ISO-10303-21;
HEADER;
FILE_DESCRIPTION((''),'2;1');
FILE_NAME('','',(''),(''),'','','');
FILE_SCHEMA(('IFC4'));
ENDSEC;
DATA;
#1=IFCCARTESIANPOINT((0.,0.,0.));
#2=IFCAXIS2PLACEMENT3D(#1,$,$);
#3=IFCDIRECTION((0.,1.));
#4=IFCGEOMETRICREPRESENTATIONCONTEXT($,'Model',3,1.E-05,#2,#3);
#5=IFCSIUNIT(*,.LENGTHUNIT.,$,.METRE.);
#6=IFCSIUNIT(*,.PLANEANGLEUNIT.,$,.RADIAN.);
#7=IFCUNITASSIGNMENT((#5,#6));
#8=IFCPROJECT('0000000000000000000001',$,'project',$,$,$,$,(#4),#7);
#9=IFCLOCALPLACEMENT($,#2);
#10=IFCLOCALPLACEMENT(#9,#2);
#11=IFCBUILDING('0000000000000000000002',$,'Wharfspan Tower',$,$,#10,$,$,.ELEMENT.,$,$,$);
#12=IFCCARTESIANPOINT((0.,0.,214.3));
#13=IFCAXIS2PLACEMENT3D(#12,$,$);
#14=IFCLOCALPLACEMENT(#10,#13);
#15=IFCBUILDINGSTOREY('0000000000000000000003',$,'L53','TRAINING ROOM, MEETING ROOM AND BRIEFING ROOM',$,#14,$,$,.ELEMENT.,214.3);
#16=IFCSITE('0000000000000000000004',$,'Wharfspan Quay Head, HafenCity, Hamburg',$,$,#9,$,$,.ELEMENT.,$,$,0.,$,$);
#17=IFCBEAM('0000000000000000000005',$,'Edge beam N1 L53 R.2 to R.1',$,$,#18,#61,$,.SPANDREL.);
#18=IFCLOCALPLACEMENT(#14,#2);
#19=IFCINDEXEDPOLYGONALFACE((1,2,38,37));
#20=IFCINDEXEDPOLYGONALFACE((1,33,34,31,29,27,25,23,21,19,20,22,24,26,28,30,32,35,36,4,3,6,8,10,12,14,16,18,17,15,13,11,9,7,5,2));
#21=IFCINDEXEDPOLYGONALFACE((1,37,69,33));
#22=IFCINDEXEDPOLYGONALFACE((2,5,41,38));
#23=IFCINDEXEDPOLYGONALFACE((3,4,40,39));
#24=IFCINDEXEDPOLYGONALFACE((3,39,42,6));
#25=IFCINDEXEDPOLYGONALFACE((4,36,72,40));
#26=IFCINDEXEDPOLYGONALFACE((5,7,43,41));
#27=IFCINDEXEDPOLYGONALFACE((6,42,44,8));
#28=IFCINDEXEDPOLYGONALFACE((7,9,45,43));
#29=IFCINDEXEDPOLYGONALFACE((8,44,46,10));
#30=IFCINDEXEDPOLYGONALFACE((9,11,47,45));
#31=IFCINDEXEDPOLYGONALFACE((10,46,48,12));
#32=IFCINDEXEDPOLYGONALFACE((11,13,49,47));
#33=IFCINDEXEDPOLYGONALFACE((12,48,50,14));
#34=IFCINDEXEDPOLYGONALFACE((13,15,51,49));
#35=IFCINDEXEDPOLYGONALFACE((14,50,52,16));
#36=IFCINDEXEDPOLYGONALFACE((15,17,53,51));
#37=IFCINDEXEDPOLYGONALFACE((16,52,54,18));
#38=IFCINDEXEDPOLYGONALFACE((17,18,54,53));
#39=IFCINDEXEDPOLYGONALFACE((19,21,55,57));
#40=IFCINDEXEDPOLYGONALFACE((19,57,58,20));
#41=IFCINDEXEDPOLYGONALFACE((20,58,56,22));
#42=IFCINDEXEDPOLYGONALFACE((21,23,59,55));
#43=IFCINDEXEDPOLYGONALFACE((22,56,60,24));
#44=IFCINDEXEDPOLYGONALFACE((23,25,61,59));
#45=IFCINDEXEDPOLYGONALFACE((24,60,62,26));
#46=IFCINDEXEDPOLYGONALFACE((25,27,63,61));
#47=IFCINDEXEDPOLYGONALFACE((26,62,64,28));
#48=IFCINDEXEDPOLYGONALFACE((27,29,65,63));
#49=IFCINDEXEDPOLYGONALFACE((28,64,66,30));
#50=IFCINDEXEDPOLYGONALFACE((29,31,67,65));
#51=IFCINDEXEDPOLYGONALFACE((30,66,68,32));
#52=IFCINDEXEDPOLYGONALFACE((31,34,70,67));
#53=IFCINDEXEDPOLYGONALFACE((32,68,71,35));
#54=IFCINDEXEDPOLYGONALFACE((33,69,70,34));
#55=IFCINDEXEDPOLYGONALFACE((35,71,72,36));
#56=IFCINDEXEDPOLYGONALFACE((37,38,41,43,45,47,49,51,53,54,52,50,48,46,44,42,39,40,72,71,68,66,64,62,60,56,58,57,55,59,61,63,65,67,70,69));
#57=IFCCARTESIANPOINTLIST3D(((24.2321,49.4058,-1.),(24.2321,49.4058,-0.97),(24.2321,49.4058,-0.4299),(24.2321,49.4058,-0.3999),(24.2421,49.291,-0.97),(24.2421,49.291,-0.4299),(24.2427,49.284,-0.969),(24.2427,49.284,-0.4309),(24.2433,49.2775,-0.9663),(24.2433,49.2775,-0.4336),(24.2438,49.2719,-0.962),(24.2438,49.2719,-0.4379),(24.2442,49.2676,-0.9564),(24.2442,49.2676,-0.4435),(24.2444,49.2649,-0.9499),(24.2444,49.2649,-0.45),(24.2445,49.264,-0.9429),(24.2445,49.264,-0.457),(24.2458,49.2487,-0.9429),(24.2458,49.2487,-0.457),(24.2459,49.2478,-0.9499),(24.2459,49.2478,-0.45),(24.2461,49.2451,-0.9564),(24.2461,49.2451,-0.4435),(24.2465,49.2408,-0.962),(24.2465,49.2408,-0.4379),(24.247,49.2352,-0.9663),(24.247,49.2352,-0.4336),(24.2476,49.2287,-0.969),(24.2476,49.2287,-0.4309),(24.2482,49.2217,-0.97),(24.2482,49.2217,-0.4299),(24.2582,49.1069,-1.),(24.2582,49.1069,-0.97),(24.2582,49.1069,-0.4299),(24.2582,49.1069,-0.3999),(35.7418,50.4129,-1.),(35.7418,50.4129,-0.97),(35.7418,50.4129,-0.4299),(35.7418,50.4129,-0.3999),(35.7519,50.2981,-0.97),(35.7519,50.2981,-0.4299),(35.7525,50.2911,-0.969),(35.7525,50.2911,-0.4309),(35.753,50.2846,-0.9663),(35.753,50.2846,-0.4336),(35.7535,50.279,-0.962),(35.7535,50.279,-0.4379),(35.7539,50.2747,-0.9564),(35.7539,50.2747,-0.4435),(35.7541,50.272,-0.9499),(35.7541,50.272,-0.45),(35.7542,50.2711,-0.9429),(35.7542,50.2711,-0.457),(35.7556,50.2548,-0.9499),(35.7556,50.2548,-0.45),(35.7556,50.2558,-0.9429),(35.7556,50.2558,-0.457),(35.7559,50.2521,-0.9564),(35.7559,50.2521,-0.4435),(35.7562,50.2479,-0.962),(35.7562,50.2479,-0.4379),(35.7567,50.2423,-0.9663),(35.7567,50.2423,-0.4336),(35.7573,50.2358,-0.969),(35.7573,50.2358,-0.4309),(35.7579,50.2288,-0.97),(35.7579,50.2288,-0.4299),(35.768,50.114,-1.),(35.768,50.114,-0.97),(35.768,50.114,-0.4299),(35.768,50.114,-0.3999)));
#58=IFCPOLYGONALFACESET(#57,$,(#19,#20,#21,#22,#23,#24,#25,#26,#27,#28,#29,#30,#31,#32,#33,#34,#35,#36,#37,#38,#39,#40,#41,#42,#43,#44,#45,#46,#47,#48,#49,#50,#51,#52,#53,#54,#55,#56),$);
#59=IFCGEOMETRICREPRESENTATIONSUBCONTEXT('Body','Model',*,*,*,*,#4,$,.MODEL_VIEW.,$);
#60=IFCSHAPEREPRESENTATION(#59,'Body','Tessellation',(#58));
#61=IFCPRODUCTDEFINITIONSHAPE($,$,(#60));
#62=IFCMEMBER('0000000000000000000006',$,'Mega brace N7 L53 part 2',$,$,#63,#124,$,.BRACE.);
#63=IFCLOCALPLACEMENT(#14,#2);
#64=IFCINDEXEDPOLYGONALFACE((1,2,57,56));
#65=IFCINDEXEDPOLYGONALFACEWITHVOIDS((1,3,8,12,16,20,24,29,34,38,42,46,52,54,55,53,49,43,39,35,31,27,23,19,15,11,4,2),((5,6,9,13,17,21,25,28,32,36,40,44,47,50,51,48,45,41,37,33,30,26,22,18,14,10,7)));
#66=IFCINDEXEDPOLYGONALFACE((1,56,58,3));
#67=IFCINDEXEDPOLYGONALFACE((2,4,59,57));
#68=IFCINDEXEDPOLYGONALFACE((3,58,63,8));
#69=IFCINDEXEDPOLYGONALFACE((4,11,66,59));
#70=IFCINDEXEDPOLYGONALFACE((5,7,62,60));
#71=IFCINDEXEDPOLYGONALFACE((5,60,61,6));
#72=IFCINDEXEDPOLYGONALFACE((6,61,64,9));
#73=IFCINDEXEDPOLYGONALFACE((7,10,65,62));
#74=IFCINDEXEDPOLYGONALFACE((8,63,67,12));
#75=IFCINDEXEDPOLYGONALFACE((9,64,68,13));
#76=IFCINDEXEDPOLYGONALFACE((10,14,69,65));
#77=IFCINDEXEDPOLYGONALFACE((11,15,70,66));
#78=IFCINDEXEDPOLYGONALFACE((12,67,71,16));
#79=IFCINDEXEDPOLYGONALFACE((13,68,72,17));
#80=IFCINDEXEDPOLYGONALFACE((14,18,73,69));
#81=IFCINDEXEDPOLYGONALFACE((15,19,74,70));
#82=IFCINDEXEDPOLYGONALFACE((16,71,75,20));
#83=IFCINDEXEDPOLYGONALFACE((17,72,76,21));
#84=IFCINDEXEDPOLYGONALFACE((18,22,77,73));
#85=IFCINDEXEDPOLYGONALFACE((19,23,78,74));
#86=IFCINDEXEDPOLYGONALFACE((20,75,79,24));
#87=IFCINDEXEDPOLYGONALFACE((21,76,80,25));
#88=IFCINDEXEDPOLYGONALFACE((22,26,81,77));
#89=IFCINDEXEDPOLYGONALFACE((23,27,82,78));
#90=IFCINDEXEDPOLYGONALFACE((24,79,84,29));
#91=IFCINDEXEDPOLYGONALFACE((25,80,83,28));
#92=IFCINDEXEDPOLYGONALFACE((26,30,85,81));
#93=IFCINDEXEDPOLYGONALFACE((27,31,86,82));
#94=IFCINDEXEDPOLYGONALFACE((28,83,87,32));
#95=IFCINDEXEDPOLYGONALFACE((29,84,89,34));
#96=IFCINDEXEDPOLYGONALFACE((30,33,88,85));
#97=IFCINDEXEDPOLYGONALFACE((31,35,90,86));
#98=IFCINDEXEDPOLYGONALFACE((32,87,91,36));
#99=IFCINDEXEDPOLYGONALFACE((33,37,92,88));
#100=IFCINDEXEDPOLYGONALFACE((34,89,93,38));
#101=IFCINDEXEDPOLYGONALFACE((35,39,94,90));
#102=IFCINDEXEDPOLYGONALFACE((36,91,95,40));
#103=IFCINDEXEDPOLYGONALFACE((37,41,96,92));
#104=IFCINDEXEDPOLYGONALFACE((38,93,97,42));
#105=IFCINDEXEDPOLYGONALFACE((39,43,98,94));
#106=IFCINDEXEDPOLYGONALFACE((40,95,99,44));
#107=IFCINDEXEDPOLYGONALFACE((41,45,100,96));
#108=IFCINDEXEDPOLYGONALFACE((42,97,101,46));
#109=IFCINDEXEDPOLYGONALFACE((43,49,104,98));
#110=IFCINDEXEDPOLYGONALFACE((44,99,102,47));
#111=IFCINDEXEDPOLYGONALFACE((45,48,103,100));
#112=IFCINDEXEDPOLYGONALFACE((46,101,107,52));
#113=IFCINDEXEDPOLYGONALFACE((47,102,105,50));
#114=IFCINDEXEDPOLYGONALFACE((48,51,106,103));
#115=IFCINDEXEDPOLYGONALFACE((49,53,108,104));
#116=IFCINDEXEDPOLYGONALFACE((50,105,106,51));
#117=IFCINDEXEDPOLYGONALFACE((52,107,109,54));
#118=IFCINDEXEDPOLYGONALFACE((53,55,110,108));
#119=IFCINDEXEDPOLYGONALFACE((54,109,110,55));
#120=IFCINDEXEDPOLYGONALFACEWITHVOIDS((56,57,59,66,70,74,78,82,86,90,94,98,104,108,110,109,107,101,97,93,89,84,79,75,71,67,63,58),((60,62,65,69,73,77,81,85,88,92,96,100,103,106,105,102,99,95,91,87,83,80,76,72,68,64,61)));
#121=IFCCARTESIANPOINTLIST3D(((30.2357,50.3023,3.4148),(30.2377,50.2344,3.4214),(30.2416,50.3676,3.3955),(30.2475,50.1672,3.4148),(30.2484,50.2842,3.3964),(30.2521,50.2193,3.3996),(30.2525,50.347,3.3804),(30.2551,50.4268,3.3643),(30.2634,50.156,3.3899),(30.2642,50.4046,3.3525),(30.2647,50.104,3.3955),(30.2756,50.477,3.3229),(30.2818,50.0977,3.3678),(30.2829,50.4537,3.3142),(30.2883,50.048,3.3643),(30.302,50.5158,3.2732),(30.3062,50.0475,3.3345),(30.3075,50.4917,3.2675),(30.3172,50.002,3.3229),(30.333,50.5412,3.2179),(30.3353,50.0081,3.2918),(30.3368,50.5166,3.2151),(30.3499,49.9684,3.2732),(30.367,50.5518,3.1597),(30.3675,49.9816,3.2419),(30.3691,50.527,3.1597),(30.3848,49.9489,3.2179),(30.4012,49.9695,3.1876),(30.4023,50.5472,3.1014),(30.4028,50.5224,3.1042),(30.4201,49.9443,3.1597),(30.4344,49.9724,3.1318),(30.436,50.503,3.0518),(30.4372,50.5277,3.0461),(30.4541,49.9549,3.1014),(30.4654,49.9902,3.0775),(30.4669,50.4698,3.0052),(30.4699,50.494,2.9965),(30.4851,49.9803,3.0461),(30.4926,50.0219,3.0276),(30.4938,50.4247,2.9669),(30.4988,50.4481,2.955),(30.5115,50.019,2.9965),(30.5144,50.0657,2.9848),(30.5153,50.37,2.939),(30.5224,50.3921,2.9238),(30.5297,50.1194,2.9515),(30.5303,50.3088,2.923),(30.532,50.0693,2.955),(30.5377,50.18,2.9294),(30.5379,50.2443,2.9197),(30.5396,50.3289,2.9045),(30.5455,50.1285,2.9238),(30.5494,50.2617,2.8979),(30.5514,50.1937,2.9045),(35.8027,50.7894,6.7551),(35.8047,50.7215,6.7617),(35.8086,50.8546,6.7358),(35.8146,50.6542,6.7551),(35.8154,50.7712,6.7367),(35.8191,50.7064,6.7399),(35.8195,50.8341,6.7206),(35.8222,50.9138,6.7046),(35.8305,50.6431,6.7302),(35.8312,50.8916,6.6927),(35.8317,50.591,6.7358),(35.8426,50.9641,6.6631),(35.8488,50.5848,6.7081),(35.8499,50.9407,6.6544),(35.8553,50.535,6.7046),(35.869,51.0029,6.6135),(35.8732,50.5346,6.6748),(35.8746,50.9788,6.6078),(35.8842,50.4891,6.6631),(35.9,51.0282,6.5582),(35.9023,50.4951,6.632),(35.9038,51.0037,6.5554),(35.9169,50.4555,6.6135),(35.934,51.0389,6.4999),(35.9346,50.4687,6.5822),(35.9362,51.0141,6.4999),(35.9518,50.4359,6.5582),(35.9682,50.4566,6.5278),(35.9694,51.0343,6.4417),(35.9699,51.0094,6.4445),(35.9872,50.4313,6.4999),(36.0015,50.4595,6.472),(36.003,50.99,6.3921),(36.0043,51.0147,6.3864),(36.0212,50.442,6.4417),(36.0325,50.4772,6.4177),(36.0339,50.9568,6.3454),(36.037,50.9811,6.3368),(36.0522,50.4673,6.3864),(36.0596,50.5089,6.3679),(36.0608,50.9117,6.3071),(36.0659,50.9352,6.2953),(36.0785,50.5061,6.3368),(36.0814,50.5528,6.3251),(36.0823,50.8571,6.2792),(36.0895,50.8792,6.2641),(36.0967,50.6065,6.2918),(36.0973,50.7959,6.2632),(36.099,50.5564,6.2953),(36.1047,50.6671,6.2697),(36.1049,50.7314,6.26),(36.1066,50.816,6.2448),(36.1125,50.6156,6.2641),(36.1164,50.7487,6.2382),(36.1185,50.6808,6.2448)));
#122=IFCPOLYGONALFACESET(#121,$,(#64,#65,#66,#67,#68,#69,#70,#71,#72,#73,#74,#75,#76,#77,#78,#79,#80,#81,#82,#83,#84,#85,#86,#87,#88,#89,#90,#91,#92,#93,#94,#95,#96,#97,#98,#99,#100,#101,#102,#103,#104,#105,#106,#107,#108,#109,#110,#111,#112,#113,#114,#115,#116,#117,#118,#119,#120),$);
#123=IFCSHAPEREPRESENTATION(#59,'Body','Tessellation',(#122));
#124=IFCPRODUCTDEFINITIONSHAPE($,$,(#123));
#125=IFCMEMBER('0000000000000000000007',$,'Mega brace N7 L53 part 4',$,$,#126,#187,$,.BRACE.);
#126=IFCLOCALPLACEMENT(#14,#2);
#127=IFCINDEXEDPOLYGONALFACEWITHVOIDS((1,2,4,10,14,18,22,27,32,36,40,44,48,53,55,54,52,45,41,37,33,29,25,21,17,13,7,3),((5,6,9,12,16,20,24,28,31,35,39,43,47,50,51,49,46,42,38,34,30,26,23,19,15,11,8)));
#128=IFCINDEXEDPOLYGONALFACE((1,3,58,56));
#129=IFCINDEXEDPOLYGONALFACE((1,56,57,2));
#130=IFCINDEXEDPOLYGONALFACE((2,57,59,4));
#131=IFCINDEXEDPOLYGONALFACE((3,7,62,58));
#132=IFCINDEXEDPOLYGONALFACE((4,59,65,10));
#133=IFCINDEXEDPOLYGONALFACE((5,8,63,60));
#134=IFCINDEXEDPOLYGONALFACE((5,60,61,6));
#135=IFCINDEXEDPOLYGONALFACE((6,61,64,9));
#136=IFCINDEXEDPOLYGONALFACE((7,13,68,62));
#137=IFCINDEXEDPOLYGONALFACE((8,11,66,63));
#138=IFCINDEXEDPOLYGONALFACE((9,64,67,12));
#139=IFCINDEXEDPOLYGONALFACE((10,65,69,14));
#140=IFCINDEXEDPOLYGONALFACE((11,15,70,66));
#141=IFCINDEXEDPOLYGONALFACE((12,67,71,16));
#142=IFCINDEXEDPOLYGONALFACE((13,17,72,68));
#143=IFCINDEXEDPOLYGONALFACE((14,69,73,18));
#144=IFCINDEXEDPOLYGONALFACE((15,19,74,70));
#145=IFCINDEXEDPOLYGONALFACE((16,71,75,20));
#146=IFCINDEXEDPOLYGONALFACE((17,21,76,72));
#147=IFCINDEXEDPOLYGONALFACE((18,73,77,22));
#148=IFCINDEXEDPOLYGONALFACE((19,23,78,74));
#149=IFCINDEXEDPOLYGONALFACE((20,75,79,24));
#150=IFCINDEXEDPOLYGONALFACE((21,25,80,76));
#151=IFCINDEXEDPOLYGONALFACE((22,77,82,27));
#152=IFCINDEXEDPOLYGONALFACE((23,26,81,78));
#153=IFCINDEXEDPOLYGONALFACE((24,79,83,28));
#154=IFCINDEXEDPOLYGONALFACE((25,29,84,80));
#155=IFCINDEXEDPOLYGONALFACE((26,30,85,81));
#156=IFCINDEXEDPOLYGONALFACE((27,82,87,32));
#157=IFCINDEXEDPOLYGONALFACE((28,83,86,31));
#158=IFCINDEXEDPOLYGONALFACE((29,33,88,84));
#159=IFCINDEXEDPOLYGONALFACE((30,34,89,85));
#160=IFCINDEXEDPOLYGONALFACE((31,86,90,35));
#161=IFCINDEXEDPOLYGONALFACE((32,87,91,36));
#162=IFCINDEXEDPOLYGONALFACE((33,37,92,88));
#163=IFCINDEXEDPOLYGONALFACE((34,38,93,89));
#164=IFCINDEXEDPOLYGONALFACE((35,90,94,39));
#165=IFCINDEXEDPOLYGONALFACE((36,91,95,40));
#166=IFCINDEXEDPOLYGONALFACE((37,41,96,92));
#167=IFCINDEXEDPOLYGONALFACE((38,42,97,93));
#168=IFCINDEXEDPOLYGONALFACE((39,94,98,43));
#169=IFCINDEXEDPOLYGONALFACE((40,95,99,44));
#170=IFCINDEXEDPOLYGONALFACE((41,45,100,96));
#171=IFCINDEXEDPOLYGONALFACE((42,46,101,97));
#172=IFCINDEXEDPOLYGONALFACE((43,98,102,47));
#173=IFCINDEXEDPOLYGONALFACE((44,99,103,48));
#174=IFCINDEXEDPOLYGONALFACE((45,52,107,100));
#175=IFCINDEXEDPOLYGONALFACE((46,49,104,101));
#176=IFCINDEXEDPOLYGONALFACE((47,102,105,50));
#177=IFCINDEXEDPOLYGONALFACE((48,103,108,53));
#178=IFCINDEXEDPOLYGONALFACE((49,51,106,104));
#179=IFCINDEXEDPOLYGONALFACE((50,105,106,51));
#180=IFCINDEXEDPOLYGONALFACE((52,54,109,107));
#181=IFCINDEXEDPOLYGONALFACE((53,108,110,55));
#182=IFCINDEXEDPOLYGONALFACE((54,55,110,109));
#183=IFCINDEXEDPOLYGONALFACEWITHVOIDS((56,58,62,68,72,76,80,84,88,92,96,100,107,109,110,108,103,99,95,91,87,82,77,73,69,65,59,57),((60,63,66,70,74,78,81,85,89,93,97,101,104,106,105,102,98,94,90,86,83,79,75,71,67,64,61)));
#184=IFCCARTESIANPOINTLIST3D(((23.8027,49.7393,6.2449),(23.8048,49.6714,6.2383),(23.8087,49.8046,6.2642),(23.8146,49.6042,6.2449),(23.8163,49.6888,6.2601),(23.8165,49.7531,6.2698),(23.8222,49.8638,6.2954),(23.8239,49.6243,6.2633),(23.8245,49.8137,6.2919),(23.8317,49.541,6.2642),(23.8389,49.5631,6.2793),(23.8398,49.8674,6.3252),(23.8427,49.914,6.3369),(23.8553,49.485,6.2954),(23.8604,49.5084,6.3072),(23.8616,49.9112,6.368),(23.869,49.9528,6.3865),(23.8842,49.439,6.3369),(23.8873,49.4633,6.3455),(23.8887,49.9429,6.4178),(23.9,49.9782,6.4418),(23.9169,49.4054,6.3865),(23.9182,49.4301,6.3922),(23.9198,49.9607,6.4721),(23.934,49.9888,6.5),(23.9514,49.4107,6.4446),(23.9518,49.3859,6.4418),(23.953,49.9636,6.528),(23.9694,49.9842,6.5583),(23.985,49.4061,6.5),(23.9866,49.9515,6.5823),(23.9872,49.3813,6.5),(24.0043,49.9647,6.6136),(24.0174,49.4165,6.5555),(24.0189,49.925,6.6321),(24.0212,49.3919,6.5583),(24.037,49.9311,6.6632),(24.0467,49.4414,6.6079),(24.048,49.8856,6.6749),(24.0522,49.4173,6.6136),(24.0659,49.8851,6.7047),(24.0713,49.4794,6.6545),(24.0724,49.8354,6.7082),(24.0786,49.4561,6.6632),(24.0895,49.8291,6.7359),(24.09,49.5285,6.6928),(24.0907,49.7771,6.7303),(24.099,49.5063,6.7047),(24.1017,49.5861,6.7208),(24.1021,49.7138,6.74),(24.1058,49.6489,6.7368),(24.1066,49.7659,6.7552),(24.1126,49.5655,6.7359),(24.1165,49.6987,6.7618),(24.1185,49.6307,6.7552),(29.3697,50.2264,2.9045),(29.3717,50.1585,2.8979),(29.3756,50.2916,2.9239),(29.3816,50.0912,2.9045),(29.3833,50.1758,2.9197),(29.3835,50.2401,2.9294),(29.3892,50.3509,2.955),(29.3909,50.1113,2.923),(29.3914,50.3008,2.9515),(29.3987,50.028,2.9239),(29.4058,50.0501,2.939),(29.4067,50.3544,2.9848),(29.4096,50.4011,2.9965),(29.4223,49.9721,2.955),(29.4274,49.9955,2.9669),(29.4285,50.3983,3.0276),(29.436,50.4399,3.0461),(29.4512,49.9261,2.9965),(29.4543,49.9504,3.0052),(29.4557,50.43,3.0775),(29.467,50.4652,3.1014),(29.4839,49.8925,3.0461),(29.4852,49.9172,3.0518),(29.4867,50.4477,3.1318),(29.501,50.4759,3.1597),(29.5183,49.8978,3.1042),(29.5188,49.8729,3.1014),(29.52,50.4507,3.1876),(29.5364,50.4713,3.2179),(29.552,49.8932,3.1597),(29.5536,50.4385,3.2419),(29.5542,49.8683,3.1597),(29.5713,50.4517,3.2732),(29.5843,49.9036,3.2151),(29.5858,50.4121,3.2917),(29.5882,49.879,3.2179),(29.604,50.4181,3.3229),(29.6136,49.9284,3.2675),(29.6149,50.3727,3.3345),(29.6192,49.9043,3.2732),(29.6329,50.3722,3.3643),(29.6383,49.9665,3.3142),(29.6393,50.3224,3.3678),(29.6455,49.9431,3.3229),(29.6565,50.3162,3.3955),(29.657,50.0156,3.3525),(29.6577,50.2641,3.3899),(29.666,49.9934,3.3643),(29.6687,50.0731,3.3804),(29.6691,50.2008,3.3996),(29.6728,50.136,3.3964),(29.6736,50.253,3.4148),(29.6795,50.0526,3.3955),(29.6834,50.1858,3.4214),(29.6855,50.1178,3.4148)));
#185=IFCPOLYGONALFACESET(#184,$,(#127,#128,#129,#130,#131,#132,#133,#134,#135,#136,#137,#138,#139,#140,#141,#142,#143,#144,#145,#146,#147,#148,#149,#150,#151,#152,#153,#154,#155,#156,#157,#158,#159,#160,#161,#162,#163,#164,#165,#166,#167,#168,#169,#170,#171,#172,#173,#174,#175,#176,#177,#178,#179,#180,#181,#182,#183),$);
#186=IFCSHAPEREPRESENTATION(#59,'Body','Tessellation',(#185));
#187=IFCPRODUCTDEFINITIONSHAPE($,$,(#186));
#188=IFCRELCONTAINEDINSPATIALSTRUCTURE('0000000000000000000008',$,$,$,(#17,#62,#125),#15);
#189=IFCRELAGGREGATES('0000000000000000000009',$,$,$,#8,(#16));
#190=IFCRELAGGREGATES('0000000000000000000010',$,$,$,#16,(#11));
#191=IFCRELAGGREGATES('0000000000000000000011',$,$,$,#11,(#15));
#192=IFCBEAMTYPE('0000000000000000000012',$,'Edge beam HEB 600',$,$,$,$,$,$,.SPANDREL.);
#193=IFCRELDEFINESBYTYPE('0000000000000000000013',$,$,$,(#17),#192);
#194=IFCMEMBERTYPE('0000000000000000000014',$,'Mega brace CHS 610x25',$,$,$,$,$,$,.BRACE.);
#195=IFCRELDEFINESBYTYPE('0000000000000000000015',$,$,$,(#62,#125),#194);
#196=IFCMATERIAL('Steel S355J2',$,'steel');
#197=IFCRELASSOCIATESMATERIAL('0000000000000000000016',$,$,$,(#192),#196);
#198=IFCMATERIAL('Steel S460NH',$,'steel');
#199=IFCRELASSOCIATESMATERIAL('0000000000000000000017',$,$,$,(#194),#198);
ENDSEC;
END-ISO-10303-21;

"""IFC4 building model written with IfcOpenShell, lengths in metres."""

from ifc_helpers import new_model, si_unit, direction, frame, origin, origin_2d, place, context, subcontext, project, spatial, hollow_circle, i_section, extrude, material, material_profile, profile_set, type_object, element, save


model = new_model("IFC4")

# Units and contexts
model_context = context("Model", 3, precision=1e-05, world=origin(), true_north=direction((0.0, 1.0)))
body_context = subcontext(model_context, "Body", "Model", "MODEL_VIEW")
ifc_project = project(units=[si_unit("LENGTHUNIT", "METRE"), si_unit("PLANEANGLEUNIT", "RADIAN")], contexts=[model_context])

# Site, building, storey
site_placement = place(None, origin())
site = spatial("IfcSite", under=ifc_project, at=site_placement, Name="Wharfspan Quay Head, HafenCity, Hamburg", CompositionType="ELEMENT", RefElevation=0.0)
building_placement = place(site_placement, origin())
building = spatial("IfcBuilding", under=site, at=building_placement, Name="Wharfspan Tower", CompositionType="ELEMENT")
storey_placement = place(building_placement, frame((0.0, 0.0, 214.3)))
storey = spatial("IfcBuildingStorey", under=building, at=storey_placement, Name="L53", Description="TRAINING ROOM, MEETING ROOM AND BRIEFING ROOM", CompositionType="ELEMENT", Elevation=214.3)

# Shared definitions
ifc_material_1 = material(Name="Steel S355J2", Category="steel")

# Shared definitions
ifc_material_2 = material(Name="Steel S460NH", Category="steel")

# Beam
ifc_material_profile_1 = material_profile(ifc_material_1, i_section(OverallWidth=0.3, OverallDepth=0.6001, WebThickness=0.0154, FlangeThickness=0.03, FilletRadius=0.0271, at=origin_2d()))
ifc_profile_set_1 = profile_set([ifc_material_profile_1], Name="Steel S355J2")
beam_type = type_object("IfcBeamType", Name="Edge beam HEB 600", PredefinedType="SPANDREL", material=ifc_profile_set_1)
beam_placement = place(storey_placement, frame((35.7549, 50.2634, -0.7), z_axis=(-0.996194, -0.087165, 0.0), x_axis=(0.087165, -0.996194, 0.0)))
element("IfcBeam", 1, at=beam_placement, inside=storey, type_object=beam_type, Name="Edge beam N1 L53 R.2 to R.1", PredefinedType="SPANDREL", context=body_context, shape_type="SweptSolid", body=[
    extrude(i_section(OverallWidth=0.3, OverallDepth=0.6001, WebThickness=0.0154, FlangeThickness=0.03, FilletRadius=0.0271, at=origin_2d()), origin(), (0.0, 0.0, 1.0), 11.5537),
])

# Members
ifc_material_profile_2 = material_profile(ifc_material_2, hollow_circle(Radius=0.3049, WallThickness=0.0249, at=origin_2d()))
ifc_profile_set_2 = profile_set([ifc_material_profile_2], Name="Steel S460NH")
member_type_1 = type_object("IfcMemberType", Name="Mega brace CHS 610x25", PredefinedType="BRACE", material=ifc_profile_set_2)
for number, where, z_axis, x_axis, name in (
    (2, (30.3936, 50.248, 3.1597), (0.855087, 0.07481, 0.51306), (-0.087154, 0.996194, -0.000002), "Mega brace N7 L53 part 2"),
    (3, (29.5276, 50.1721, 3.1597), (-0.855077, -0.074813, 0.513076), (0.087161, -0.996195, 0.000002), "Mega brace N7 L53 part 4"),
):
    element("IfcMember", number, at=place(storey_placement, frame(where, z_axis=z_axis, x_axis=x_axis)), inside=storey, type_object=member_type_1, Name=name, PredefinedType="BRACE", context=body_context, shape_type="SweptSolid", body=[
        extrude(hollow_circle(Radius=0.3049, WallThickness=0.0249, at=origin_2d()), origin(), (0.0, 0.0, 1.0), 6.5105),
    ])

save(model, "model.ifc")
